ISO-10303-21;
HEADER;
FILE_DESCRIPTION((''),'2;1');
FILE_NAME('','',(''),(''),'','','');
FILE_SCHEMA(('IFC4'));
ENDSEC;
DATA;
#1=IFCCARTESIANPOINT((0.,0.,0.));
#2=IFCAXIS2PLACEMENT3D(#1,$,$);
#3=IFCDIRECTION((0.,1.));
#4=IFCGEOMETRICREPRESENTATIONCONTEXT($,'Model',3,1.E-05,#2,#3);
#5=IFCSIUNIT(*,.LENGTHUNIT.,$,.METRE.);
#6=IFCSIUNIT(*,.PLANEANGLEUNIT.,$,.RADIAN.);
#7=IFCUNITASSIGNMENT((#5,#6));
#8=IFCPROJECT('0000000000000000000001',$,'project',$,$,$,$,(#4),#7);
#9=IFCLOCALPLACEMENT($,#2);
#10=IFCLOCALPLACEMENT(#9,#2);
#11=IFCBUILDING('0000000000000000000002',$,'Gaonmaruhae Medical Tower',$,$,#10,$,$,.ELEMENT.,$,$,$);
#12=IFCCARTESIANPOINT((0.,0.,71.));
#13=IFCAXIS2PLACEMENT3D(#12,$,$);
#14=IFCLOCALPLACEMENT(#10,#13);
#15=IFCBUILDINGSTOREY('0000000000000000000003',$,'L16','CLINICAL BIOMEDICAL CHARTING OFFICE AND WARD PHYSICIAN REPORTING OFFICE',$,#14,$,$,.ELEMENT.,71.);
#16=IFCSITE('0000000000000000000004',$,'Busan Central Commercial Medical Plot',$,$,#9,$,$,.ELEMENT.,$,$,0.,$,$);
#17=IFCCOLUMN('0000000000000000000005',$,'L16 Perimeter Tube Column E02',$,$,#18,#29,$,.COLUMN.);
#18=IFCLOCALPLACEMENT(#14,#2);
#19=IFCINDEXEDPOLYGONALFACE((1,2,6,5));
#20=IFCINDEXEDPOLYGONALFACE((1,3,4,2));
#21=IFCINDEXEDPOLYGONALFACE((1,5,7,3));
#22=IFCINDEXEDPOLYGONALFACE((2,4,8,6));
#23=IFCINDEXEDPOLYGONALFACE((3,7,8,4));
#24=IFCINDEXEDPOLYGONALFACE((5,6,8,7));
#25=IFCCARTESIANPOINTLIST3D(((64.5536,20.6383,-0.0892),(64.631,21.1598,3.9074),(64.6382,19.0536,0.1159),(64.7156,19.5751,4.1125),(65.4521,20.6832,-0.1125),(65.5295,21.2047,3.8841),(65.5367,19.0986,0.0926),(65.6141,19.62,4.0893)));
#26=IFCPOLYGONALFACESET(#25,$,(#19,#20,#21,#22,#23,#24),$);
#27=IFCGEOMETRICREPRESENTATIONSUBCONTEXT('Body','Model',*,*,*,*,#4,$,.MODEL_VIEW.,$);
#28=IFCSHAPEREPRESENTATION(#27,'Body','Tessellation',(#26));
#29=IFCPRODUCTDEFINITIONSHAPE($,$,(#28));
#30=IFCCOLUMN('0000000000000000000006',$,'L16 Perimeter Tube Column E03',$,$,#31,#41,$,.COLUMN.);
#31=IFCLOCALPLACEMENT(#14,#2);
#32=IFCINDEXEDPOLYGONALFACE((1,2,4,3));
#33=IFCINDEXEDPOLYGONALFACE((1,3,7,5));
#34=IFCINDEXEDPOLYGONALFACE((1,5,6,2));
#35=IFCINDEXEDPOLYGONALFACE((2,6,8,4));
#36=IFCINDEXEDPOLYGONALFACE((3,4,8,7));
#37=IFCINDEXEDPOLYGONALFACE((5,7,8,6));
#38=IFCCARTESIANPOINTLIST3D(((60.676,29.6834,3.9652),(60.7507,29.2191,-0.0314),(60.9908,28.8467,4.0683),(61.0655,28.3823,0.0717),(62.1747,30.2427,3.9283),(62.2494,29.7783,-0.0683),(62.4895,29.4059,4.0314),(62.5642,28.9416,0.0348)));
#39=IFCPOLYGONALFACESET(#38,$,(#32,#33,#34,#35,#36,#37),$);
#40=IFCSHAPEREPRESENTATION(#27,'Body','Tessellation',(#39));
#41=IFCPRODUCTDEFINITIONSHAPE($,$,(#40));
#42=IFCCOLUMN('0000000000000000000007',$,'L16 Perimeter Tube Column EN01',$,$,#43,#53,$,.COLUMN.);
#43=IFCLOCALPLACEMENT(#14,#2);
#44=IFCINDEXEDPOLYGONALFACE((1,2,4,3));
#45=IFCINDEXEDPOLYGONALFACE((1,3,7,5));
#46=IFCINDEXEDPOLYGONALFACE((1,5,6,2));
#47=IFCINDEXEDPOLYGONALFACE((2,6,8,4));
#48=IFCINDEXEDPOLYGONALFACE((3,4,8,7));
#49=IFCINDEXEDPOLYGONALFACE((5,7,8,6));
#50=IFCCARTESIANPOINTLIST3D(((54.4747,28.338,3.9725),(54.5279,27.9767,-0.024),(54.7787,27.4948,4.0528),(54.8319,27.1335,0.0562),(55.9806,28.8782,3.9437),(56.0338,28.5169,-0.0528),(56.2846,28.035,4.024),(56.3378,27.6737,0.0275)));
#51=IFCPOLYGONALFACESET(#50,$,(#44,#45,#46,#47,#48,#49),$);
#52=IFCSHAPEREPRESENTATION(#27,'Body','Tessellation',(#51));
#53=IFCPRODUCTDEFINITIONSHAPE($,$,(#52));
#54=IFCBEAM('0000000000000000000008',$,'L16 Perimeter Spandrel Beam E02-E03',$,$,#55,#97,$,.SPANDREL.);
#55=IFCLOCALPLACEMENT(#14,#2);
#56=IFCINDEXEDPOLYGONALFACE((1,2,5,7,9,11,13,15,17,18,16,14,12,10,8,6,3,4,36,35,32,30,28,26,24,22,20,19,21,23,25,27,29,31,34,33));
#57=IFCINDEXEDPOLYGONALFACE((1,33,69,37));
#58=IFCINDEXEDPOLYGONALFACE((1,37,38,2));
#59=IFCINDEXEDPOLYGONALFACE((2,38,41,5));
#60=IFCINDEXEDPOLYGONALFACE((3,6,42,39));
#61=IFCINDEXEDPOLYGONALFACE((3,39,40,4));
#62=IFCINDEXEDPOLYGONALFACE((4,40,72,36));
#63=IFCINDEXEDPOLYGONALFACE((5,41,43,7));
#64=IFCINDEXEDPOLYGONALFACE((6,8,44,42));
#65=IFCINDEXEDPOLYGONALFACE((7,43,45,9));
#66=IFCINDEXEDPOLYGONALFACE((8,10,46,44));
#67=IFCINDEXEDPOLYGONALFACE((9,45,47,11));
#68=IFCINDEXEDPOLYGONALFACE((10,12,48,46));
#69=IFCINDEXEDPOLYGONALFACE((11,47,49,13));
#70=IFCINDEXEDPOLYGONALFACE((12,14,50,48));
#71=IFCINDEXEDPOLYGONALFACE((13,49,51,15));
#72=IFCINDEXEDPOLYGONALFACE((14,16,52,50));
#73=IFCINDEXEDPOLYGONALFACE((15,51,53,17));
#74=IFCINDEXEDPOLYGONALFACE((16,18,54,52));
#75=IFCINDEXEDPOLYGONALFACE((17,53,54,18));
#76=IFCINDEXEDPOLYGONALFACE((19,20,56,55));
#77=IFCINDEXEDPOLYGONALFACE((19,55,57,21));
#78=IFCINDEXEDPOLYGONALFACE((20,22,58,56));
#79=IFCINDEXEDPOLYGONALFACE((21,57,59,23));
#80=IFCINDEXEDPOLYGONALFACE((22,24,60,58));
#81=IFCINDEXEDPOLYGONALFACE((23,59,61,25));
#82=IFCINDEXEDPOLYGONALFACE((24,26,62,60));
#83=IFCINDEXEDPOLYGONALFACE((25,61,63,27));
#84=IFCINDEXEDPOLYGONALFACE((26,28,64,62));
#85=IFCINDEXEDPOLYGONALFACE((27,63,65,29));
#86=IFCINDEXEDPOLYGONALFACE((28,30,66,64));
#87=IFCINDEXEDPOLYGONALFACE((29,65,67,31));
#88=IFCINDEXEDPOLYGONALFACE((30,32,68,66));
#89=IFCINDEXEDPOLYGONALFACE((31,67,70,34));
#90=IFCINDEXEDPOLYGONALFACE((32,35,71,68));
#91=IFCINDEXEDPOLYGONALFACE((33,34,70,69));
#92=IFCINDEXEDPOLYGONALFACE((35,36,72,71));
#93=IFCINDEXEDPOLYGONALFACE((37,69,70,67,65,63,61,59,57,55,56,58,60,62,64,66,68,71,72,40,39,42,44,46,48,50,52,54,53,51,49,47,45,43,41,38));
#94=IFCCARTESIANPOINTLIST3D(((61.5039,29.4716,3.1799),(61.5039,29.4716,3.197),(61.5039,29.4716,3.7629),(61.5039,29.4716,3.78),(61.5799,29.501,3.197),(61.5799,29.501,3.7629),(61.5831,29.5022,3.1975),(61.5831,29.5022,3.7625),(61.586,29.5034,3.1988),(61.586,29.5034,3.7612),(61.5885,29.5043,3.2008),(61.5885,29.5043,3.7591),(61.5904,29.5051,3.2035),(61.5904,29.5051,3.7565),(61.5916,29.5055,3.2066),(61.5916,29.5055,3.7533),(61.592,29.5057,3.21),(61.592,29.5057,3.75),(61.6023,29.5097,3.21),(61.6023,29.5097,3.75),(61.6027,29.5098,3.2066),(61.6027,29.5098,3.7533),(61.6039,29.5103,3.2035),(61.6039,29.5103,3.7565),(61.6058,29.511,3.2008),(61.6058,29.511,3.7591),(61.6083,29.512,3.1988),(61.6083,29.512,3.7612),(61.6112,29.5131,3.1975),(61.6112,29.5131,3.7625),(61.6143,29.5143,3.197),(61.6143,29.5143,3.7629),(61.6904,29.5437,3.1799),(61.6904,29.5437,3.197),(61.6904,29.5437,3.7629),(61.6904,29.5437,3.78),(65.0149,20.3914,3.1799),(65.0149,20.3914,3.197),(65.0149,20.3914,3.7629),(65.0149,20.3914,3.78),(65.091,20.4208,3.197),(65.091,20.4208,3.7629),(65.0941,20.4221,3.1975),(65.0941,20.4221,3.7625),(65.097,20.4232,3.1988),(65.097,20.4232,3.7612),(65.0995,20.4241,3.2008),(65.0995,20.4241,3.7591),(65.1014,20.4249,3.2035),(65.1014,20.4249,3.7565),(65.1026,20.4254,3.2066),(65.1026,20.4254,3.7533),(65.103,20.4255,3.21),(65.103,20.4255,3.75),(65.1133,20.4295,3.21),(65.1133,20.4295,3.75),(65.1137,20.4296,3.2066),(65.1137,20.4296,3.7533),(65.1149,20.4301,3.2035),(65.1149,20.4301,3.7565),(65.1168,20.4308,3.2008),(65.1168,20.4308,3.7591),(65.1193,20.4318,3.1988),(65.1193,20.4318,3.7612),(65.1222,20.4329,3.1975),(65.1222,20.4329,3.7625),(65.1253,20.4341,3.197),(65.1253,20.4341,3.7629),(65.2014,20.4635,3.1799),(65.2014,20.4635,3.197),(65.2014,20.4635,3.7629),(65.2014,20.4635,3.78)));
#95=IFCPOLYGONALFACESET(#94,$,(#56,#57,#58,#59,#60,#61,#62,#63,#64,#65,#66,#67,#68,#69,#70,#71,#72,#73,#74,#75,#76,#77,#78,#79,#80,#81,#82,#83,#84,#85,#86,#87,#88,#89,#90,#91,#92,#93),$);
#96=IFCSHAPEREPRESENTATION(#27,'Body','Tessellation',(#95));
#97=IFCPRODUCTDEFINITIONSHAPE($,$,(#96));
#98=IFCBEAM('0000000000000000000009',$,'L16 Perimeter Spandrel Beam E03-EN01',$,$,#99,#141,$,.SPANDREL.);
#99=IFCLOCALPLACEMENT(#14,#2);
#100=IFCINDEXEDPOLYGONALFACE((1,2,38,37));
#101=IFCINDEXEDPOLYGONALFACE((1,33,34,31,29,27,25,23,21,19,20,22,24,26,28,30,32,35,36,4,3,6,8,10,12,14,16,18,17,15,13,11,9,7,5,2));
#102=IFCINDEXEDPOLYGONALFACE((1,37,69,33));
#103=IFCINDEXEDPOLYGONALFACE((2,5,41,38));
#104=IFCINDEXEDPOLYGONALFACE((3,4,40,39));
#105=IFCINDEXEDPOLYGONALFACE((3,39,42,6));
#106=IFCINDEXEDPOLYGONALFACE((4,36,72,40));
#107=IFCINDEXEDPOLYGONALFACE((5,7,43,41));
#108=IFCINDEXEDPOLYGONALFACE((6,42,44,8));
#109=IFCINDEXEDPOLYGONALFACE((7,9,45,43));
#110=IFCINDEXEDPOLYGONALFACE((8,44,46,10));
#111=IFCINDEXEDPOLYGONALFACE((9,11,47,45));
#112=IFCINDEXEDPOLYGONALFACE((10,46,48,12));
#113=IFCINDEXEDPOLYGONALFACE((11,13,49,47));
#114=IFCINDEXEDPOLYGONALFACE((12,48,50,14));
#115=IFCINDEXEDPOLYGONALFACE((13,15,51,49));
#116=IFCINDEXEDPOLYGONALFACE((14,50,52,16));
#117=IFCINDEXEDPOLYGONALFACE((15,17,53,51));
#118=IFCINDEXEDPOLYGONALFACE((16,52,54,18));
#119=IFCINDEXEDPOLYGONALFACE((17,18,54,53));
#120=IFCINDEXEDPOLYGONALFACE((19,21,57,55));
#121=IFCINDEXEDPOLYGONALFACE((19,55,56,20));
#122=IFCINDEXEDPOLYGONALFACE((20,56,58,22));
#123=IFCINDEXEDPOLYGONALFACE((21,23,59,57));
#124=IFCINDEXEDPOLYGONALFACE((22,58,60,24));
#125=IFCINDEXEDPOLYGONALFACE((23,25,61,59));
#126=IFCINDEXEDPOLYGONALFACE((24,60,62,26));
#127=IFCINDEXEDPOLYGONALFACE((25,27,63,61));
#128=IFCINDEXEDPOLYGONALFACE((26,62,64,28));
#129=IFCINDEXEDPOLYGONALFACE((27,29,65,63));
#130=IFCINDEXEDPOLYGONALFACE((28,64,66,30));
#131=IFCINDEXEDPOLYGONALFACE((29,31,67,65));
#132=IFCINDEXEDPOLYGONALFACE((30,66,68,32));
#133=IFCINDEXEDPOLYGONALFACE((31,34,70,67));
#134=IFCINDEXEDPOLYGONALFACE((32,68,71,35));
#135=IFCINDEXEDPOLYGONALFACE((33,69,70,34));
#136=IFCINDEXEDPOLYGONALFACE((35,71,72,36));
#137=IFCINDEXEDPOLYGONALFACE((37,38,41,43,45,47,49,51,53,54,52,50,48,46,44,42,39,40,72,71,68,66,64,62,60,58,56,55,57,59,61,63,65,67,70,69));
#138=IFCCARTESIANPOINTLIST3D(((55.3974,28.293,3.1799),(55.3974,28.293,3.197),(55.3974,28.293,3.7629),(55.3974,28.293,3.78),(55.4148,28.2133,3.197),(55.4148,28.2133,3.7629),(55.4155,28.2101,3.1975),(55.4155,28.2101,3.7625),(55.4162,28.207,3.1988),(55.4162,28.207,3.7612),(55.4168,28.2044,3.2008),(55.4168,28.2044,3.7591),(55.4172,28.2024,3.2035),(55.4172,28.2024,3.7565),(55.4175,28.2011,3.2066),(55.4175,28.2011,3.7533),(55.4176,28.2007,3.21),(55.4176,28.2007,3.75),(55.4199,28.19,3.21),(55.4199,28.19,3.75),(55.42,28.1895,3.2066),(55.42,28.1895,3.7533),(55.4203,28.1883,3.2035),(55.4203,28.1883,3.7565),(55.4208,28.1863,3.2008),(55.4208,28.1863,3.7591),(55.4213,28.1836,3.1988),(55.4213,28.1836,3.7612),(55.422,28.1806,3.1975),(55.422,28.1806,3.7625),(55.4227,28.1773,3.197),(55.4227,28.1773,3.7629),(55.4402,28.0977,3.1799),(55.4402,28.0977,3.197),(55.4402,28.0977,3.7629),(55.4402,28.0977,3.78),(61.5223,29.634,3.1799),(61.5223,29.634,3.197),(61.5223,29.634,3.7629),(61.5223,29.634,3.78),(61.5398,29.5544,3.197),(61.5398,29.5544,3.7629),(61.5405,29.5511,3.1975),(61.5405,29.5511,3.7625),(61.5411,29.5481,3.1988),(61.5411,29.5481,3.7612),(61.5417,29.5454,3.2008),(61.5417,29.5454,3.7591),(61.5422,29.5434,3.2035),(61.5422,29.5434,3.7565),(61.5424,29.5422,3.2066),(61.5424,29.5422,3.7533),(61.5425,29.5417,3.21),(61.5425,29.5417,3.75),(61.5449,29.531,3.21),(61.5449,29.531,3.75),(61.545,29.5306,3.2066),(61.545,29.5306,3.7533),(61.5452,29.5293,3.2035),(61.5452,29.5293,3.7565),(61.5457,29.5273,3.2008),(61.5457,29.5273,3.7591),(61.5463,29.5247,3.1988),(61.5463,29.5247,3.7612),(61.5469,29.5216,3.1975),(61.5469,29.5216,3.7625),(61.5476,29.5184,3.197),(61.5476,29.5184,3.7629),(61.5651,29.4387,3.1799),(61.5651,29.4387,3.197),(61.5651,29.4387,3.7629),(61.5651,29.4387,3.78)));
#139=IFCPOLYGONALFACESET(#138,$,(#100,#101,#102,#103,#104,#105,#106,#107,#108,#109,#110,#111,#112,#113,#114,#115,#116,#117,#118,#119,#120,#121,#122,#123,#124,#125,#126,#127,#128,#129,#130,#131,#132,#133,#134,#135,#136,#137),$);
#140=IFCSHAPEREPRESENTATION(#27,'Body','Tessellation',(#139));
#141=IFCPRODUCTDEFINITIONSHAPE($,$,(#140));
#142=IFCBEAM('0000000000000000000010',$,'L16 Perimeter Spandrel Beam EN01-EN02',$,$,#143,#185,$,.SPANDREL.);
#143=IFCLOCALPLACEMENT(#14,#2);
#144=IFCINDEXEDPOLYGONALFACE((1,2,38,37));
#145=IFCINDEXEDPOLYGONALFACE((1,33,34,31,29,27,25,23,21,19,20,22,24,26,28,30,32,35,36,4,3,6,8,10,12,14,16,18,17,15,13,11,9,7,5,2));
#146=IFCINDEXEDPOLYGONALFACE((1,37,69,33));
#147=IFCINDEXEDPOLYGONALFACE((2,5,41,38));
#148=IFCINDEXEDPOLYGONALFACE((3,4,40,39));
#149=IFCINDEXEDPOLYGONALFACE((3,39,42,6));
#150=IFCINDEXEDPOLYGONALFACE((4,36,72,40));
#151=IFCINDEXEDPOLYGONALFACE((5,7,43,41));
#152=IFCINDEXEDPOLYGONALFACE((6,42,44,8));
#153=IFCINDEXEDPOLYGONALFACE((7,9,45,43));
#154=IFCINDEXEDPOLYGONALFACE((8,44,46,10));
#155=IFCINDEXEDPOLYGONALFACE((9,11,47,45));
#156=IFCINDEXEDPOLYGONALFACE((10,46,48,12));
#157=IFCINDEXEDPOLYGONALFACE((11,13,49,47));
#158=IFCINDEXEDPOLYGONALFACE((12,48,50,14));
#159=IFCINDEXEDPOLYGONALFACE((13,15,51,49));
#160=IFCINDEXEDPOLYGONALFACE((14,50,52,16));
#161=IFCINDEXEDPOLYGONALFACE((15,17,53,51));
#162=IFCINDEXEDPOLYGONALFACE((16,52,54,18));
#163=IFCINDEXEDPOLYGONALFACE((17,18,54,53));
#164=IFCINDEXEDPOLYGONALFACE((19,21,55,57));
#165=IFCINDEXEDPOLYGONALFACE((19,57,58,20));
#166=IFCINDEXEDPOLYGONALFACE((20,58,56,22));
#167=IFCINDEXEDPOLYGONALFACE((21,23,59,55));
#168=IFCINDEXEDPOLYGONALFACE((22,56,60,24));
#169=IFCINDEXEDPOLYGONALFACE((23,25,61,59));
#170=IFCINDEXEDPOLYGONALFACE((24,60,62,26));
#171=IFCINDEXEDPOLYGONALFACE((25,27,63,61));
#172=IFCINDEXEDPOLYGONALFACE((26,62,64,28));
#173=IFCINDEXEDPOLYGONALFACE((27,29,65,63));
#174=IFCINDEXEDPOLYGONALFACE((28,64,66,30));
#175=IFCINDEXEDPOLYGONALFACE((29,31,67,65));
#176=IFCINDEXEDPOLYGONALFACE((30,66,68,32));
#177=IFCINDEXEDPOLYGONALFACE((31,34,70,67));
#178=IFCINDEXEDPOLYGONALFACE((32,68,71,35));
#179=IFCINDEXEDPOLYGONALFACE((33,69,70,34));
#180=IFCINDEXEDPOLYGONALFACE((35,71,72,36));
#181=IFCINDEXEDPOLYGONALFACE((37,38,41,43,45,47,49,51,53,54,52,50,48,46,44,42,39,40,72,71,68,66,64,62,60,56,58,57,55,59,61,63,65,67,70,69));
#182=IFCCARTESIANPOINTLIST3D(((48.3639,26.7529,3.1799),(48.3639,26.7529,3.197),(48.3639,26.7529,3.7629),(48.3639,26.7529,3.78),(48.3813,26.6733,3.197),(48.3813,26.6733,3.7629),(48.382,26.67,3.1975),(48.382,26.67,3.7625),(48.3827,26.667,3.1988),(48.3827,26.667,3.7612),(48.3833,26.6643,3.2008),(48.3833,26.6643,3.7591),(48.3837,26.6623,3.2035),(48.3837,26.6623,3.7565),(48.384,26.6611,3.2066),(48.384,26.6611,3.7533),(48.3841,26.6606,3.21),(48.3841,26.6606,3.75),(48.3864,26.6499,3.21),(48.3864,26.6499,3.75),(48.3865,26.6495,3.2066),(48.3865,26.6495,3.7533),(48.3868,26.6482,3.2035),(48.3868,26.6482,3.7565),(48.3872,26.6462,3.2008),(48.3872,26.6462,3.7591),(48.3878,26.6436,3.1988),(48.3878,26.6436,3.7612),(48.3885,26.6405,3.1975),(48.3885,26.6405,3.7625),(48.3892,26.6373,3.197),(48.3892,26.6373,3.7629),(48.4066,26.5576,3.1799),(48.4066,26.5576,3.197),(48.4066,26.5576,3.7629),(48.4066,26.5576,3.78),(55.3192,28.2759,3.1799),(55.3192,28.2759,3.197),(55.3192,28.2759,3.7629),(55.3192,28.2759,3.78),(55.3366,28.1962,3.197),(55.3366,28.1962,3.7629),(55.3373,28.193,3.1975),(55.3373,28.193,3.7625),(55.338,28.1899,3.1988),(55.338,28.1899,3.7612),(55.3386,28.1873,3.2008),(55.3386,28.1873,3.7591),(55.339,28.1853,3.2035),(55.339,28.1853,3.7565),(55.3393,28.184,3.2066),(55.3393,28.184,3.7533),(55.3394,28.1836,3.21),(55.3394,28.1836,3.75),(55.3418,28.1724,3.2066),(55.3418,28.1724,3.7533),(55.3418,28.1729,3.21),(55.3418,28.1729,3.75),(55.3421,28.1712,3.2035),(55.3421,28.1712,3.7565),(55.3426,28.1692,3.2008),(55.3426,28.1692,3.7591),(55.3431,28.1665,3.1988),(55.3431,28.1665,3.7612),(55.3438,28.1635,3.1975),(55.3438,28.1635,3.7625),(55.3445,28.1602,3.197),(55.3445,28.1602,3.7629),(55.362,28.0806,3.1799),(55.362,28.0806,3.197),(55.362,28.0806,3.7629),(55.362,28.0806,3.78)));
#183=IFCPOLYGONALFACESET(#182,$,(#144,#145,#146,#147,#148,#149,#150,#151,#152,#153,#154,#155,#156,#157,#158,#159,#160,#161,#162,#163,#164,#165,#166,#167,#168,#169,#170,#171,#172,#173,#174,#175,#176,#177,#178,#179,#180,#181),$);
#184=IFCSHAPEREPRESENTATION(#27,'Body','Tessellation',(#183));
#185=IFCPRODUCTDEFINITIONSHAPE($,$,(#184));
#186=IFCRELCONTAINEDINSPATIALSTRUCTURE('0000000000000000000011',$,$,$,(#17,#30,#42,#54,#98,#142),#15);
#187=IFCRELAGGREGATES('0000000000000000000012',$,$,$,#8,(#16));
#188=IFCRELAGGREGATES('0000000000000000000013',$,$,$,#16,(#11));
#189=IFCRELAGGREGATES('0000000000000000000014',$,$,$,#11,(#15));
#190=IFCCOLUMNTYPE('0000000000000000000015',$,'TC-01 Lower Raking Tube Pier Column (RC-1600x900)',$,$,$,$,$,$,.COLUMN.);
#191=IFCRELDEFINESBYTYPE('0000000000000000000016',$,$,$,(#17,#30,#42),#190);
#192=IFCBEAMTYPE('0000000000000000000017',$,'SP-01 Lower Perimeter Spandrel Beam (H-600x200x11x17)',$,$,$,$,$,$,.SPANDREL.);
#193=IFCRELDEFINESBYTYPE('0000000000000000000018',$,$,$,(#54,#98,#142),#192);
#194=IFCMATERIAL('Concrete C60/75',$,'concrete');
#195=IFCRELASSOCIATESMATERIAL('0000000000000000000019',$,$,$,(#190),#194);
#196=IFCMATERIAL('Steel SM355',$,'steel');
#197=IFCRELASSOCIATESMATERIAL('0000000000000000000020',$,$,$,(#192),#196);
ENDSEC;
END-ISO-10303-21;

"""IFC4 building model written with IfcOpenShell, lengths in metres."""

from ifc_helpers import new_model, si_unit, direction, frame, origin, origin_2d, place, context, subcontext, project, spatial, rectangle, i_section, extrude, material, material_profile, profile_set, type_object, element, save


model = new_model("IFC4")

# Units and contexts
model_context = context("Model", 3, precision=1e-05, world=origin(), true_north=direction((0.0, 1.0)))
body_context = subcontext(model_context, "Body", "Model", "MODEL_VIEW")
ifc_project = project(units=[si_unit("LENGTHUNIT", "METRE"), si_unit("PLANEANGLEUNIT", "RADIAN")], contexts=[model_context])

# Site, building, storey
site_placement = place(None, origin())
site = spatial("IfcSite", under=ifc_project, at=site_placement, Name="Busan Central Commercial Medical Plot", CompositionType="ELEMENT", RefElevation=0.0)
building_placement = place(site_placement, origin())
building = spatial("IfcBuilding", under=site, at=building_placement, Name="Gaonmaruhae Medical Tower", CompositionType="ELEMENT")
storey_placement = place(building_placement, frame((0.0, 0.0, 71.0)))
storey = spatial("IfcBuildingStorey", under=building, at=storey_placement, Name="L16", Description="CLINICAL BIOMEDICAL CHARTING OFFICE AND WARD PHYSICIAN REPORTING OFFICE", CompositionType="ELEMENT", Elevation=71.0)

# Columns
ifc_material_1 = material(Name="Concrete C60/75", Category="concrete")
ifc_material_profile_1 = material_profile(ifc_material_1, rectangle(XDim=1.6001, YDim=0.8999, at=origin_2d()), Name="RC-1600x900")
ifc_profile_set_1 = profile_set([ifc_material_profile_1], Name="Concrete C60/75")
column_type = type_object("IfcColumnType", Name="TC-01 Lower Raking Tube Pier Column (RC-1600x900)", PredefinedType="COLUMN", material=ifc_profile_set_1)
column_1_placement = place(storey_placement, frame((65.0452, 19.8684, 0.0017), z_axis=(0.019198, 0.129362, 0.991412), x_axis=(0.052848, -0.990339, 0.128199)))
element("IfcColumn", 1, at=column_1_placement, inside=storey, type_object=column_type, Name="L16 Perimeter Tube Column E02", PredefinedType="COLUMN", context=body_context, shape_type="SweptSolid", body=[
    extrude(rectangle(XDim=1.6001, YDim=0.8999, at=origin_2d()), origin(), (0.0, 0.0, 1.0), 4.0312),
])
column_2_placement = place(storey_placement, frame((61.6575, 29.0803, 0.0017), z_axis=(-0.018565, 0.115392, 0.993147), x_axis=(-0.936645, -0.349517, 0.023101)))
element("IfcColumn", 2, at=column_2_placement, inside=storey, type_object=column_type, Name="L16 Perimeter Tube Column E03", PredefinedType="COLUMN", context=body_context, shape_type="SweptSolid", body=[
    extrude(rectangle(XDim=1.6001, YDim=0.8999, at=origin_2d()), origin(), (0.0, 0.0, 1.0), 4.0242),
])
column_3_placement = place(storey_placement, frame((55.4329, 27.8252, 0.0017), z_axis=(-0.013262, 0.090034, 0.99585), x_axis=(-0.941123, -0.337586, 0.017988)))
element("IfcColumn", 3, at=column_3_placement, inside=storey, type_object=column_type, Name="L16 Perimeter Tube Column EN01", PredefinedType="COLUMN", context=body_context, shape_type="SweptSolid", body=[
    extrude(rectangle(XDim=1.6001, YDim=0.8999, at=origin_2d()), origin(), (0.0, 0.0, 1.0), 4.0132),
])

# Beams
ifc_material_2 = material(Name="Steel SM355", Category="steel")
ifc_material_profile_2 = material_profile(ifc_material_2, i_section(OverallWidth=0.2, OverallDepth=0.6001, WebThickness=0.011, FlangeThickness=0.0171, FilletRadius=0.0129, at=origin_2d()), Name="H-600x200x11x17")
ifc_profile_set_2 = profile_set([ifc_material_profile_2], Name="Steel SM355")
beam_type = type_object("IfcBeamType", Name="SP-01 Lower Perimeter Spandrel Beam (H-600x200x11x17)", PredefinedType="SPANDREL", material=ifc_profile_set_2)
beam_1_placement = place(storey_placement, frame((65.1082, 20.4275, 3.48), z_axis=(-0.360647, 0.932702, 0.0), x_axis=(-0.932702, -0.360647, 0.0)))
element("IfcBeam", 4, at=beam_1_placement, inside=storey, type_object=beam_type, Name="L16 Perimeter Spandrel Beam E02-E03", PredefinedType="SPANDREL", context=body_context, shape_type="SweptSolid", body=[
    extrude(i_section(OverallWidth=0.2, OverallDepth=0.6001, WebThickness=0.011, FlangeThickness=0.0171, FilletRadius=0.0129, at=origin_2d()), origin(), (0.0, 0.0, 1.0), 9.7354),
])
beam_2_placement = place(storey_placement, frame((61.5437, 29.5364, 3.48), z_axis=(-0.976859, -0.213883, 0.0), x_axis=(0.213883, -0.976859, 0.0)))
element("IfcBeam", 5, at=beam_2_placement, inside=storey, type_object=beam_type, Name="L16 Perimeter Spandrel Beam E03-EN01", PredefinedType="SPANDREL", context=body_context, shape_type="SweptSolid", body=[
    extrude(i_section(OverallWidth=0.2, OverallDepth=0.6001, WebThickness=0.011, FlangeThickness=0.0171, FilletRadius=0.0129, at=origin_2d()), origin(), (0.0, 0.0, 1.0), 6.27),
])
beam_3_placement = place(storey_placement, frame((55.3406, 28.1782, 3.48), z_axis=(-0.976857, -0.213894, 0.0), x_axis=(0.213894, -0.976857, 0.0)))
element("IfcBeam", 6, at=beam_3_placement, inside=storey, type_object=beam_type, Name="L16 Perimeter Spandrel Beam EN01-EN02", PredefinedType="SPANDREL", context=body_context, shape_type="SweptSolid", body=[
    extrude(i_section(OverallWidth=0.2, OverallDepth=0.6001, WebThickness=0.011, FlangeThickness=0.0171, FilletRadius=0.0129, at=origin_2d()), origin(), (0.0, 0.0, 1.0), 7.1201),
])

save(model, "model.ifc")
